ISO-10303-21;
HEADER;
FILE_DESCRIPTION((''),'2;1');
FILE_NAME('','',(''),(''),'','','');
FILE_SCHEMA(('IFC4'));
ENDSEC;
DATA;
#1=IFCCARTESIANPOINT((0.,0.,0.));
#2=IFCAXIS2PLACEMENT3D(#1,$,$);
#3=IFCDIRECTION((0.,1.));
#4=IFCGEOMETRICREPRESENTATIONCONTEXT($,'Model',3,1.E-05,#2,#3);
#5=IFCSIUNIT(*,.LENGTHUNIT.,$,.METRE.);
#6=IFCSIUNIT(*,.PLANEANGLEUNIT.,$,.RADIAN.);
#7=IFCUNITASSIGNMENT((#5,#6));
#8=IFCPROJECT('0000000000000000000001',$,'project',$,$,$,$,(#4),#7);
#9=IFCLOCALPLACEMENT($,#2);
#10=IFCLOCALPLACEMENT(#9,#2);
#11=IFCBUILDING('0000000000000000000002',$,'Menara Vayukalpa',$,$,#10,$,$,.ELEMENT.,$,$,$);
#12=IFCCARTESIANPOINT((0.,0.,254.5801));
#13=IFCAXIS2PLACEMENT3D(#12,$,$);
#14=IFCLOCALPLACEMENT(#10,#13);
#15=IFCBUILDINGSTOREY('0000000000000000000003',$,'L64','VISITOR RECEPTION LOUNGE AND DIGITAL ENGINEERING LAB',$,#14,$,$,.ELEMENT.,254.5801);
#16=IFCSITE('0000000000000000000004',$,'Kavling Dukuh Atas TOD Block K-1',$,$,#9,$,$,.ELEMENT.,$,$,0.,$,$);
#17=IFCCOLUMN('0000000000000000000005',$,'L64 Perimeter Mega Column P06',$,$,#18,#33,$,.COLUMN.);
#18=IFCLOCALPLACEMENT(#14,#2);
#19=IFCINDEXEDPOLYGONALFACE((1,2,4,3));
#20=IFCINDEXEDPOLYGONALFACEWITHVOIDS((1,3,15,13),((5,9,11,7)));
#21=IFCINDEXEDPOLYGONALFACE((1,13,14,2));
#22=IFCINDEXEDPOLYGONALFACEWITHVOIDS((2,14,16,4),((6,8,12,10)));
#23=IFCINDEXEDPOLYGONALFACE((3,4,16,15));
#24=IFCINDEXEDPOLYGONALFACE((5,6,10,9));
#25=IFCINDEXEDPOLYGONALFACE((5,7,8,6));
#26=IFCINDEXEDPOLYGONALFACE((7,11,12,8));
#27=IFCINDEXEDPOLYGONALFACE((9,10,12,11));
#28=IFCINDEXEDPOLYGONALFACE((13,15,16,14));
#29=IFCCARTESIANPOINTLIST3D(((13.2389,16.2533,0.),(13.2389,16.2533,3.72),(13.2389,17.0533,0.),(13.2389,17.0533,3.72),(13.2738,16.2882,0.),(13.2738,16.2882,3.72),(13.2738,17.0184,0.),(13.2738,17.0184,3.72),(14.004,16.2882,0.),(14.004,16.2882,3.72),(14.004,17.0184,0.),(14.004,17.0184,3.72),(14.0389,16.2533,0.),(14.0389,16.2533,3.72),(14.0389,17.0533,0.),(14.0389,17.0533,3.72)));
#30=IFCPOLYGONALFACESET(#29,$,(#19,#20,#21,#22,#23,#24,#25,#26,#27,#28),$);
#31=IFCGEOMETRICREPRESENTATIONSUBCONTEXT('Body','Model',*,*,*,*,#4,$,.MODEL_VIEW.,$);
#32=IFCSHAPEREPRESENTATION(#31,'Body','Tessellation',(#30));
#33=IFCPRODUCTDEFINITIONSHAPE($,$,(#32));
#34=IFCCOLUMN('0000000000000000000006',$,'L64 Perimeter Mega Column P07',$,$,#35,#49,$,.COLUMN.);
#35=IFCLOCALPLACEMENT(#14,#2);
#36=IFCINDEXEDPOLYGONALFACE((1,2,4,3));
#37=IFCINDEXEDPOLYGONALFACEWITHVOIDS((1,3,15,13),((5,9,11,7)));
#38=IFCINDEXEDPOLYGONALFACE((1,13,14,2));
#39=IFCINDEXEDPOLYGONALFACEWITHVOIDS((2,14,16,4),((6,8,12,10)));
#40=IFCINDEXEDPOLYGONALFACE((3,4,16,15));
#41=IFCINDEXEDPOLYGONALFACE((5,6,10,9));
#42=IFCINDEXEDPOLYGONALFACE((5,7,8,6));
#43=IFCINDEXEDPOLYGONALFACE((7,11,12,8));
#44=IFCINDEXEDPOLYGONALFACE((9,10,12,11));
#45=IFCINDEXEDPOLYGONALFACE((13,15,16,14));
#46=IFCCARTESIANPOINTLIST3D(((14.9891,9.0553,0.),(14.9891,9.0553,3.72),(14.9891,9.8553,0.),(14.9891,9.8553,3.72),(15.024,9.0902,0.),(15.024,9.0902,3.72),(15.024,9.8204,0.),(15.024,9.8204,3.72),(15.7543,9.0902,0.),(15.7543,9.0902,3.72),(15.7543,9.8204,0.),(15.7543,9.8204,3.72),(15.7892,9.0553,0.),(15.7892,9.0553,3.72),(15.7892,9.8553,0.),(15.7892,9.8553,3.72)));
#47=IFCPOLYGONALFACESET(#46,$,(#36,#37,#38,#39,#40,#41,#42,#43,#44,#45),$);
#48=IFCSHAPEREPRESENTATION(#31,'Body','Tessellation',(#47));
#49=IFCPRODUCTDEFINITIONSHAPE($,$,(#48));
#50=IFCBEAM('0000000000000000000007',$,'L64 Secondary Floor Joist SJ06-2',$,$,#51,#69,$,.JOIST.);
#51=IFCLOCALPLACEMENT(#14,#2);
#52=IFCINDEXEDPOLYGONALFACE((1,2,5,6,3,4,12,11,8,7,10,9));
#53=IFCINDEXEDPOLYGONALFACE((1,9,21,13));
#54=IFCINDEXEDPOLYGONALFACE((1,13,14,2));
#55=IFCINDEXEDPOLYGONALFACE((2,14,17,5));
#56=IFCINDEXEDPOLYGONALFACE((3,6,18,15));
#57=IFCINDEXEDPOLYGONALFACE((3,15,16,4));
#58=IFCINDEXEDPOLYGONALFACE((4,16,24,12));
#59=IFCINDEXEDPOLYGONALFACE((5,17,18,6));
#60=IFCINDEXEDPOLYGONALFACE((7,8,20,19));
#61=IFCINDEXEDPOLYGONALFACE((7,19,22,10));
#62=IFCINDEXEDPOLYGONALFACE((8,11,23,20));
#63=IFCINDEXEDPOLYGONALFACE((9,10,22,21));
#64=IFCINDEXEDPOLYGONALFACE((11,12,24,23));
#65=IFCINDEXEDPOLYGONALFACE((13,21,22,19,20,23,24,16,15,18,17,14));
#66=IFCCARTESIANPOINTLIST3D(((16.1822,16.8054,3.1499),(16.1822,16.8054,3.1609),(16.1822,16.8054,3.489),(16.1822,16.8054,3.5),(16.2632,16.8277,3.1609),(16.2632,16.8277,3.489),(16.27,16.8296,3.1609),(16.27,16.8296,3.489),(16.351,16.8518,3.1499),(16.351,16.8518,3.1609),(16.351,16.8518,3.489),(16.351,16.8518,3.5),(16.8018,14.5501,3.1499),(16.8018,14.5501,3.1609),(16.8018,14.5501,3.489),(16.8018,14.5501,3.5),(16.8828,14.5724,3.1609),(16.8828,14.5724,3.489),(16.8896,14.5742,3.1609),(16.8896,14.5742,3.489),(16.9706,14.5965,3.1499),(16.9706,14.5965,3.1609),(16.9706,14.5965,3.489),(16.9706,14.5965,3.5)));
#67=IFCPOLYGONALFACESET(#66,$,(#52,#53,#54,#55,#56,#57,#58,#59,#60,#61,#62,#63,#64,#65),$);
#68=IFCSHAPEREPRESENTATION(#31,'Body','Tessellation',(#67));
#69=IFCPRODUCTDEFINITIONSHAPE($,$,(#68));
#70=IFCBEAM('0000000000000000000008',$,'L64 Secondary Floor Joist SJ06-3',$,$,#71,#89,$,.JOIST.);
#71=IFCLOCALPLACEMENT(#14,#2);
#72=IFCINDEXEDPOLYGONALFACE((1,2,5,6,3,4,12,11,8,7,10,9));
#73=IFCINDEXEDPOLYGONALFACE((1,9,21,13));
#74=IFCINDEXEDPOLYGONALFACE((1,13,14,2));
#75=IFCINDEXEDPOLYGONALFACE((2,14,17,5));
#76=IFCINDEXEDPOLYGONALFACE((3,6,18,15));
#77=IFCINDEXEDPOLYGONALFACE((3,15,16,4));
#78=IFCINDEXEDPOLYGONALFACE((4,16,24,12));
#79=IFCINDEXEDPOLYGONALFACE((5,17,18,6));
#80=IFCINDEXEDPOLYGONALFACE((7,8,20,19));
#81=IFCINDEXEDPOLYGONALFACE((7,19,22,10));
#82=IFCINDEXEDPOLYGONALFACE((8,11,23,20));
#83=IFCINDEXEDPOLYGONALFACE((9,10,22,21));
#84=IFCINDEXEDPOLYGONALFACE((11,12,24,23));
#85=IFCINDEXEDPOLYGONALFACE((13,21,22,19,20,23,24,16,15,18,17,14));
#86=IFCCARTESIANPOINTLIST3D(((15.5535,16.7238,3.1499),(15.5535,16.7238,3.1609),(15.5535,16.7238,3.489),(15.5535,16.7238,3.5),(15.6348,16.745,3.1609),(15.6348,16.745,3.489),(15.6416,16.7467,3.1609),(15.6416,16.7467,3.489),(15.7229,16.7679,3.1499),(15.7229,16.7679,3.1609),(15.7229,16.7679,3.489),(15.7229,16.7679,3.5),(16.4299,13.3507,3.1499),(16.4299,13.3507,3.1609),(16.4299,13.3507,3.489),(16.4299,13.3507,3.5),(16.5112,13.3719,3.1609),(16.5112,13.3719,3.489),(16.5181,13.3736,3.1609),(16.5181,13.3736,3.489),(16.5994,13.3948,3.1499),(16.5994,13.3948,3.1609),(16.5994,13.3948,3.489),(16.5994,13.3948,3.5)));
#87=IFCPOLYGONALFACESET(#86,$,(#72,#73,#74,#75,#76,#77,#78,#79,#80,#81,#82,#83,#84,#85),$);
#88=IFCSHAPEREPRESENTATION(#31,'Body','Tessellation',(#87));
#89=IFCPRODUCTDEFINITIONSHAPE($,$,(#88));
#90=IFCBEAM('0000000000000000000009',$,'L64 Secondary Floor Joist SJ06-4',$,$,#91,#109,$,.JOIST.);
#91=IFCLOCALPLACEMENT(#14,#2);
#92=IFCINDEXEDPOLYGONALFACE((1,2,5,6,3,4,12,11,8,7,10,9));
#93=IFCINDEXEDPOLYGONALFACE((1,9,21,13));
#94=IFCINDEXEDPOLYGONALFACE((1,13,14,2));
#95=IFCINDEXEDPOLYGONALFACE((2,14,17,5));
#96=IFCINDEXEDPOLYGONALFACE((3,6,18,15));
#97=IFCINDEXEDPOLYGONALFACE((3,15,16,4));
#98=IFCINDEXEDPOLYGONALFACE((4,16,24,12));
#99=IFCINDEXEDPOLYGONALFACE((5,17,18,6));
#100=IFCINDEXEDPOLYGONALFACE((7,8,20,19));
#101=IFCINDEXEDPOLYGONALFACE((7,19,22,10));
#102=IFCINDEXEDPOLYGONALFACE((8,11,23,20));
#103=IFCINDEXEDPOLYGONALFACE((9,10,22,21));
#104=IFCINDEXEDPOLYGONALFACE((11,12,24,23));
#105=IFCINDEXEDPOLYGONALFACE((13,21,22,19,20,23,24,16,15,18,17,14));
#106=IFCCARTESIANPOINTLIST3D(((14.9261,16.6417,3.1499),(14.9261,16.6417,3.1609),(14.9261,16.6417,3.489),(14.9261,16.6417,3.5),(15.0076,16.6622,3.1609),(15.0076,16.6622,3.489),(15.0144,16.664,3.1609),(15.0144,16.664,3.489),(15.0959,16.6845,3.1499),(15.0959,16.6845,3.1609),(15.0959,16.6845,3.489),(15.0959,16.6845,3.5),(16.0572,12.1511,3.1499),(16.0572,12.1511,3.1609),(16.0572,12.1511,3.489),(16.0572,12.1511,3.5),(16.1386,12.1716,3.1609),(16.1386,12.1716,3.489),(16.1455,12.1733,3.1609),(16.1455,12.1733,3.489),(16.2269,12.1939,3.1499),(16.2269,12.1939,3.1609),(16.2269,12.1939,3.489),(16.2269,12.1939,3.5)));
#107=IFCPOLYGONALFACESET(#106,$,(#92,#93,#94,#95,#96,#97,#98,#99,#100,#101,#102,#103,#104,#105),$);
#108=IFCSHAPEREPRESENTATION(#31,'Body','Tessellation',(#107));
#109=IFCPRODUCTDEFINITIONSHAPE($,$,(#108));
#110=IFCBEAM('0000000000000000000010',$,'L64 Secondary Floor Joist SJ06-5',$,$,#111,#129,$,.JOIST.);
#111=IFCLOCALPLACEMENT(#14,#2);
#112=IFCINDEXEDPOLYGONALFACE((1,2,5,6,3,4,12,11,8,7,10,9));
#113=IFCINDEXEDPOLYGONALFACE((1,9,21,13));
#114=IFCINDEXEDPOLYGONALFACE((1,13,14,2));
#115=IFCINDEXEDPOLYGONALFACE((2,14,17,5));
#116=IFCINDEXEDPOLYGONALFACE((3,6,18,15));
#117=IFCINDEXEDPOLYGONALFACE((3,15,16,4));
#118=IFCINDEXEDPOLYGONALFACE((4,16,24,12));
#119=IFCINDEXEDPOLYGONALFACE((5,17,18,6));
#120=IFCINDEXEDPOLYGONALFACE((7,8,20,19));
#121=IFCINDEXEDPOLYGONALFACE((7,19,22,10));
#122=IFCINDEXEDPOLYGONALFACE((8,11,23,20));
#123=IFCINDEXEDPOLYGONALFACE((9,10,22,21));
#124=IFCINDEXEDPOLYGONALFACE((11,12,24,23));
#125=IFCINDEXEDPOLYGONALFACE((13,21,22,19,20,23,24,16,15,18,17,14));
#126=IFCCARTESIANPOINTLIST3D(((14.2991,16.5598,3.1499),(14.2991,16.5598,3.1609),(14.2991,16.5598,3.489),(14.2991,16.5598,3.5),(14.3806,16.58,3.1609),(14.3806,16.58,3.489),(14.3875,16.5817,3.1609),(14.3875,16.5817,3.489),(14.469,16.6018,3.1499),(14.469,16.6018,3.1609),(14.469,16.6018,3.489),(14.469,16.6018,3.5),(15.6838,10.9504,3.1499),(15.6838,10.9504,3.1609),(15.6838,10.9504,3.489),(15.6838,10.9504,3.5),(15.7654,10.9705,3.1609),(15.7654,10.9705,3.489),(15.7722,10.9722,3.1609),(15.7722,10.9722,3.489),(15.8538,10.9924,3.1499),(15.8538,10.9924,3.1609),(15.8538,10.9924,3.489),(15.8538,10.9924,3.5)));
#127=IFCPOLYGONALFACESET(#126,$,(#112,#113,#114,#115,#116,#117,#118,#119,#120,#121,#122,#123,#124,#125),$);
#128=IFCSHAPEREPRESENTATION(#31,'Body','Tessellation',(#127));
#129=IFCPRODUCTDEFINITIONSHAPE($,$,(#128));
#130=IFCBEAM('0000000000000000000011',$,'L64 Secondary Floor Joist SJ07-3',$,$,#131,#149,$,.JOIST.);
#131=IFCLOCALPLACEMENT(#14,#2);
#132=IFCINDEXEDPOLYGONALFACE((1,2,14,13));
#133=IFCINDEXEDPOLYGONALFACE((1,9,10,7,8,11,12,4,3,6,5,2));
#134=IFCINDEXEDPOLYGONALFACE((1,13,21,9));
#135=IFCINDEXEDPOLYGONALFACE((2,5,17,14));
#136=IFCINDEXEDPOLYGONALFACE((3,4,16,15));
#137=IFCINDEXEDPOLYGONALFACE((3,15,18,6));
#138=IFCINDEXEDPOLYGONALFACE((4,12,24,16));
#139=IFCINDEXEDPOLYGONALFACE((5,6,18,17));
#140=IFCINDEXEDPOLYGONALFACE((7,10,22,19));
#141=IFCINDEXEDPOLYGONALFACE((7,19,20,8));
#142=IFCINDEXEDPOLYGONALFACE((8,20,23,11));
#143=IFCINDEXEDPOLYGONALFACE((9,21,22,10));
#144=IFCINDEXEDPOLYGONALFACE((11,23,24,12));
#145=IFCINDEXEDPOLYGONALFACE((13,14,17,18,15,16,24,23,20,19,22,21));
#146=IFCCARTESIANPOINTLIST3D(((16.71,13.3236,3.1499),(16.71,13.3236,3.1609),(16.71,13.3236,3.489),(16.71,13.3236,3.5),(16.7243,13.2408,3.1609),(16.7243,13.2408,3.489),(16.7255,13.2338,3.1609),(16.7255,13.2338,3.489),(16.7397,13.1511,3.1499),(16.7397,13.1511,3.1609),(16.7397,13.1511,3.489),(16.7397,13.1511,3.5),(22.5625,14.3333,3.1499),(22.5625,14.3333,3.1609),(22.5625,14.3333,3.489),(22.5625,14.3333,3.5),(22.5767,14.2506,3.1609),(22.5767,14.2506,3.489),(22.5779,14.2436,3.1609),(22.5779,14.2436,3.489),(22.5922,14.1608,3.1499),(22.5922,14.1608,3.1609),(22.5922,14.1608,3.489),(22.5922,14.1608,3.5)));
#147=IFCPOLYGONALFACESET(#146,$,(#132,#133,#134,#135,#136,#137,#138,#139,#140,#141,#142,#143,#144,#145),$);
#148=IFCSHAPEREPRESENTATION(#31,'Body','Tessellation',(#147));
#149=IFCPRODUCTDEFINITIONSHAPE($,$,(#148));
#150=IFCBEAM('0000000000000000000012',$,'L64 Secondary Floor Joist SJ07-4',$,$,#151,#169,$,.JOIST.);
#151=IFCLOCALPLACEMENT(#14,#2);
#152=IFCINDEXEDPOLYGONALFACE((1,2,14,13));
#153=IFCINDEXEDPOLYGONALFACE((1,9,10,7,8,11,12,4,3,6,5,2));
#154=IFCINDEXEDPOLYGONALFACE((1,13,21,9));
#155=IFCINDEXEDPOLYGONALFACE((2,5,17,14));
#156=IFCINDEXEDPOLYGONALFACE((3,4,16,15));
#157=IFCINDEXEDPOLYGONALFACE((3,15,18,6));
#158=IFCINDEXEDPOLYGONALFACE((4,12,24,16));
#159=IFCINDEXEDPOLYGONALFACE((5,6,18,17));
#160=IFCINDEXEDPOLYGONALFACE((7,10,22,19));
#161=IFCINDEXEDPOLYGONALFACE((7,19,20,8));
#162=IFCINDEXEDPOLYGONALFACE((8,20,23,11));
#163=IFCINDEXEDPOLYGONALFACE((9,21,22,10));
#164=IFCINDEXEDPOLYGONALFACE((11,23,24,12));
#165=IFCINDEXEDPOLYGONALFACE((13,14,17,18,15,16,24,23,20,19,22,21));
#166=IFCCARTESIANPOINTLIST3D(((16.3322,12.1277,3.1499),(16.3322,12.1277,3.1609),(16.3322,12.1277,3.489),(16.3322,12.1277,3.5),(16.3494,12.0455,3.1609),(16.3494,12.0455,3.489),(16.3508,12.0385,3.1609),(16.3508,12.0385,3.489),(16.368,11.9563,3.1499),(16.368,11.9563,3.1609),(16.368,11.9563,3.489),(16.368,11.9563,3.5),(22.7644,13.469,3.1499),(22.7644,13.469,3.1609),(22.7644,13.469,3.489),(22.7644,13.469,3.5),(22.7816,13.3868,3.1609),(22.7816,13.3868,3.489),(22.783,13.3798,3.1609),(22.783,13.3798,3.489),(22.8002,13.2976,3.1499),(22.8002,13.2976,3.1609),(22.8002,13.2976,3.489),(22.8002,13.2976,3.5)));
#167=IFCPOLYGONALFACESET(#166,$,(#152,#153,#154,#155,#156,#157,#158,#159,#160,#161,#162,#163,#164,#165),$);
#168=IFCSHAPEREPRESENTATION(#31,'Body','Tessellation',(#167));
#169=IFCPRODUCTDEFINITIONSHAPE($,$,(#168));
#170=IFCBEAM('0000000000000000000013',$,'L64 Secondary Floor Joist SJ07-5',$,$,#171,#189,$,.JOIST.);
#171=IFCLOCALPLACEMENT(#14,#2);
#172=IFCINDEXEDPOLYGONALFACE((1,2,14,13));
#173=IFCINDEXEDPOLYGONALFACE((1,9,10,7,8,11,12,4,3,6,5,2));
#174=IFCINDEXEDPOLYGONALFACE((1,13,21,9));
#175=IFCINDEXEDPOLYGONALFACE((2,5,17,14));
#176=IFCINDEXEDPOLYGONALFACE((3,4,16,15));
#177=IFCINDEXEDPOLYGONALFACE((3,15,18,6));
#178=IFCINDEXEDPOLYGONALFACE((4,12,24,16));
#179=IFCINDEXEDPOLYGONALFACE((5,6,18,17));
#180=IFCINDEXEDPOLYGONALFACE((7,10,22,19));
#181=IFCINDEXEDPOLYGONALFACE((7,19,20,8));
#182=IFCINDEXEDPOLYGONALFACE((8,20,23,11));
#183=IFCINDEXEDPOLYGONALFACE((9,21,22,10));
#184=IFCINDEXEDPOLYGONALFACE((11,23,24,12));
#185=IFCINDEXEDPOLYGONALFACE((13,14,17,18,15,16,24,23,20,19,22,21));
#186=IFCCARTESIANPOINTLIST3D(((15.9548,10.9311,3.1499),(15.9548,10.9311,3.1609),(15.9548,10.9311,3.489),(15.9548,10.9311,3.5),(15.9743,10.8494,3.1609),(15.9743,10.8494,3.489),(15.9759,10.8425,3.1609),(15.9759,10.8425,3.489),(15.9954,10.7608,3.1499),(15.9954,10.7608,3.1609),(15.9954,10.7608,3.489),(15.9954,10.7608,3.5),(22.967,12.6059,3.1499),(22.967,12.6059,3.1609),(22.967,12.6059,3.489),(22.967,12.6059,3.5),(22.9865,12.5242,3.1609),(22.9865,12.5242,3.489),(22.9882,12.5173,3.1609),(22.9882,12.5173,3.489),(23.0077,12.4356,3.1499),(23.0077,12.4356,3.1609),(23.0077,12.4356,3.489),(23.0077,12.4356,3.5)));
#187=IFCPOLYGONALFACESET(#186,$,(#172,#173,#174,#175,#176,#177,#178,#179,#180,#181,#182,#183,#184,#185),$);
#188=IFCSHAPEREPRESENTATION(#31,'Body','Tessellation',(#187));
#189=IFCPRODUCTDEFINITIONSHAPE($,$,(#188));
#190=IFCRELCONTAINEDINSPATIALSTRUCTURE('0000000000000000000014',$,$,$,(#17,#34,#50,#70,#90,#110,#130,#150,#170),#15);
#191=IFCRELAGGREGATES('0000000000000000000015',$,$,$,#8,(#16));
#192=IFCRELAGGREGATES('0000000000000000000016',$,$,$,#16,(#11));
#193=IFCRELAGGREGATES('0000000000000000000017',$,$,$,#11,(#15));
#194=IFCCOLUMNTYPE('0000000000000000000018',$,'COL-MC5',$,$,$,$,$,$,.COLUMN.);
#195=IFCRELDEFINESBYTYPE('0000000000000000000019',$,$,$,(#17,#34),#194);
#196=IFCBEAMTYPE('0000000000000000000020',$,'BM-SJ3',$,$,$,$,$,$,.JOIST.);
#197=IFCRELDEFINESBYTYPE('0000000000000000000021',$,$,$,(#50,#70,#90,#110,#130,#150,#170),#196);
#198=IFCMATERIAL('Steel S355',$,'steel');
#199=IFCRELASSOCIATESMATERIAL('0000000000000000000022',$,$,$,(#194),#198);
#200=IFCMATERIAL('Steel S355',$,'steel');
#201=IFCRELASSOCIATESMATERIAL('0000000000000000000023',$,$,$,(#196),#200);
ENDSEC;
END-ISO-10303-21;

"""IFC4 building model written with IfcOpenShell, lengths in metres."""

from ifc_helpers import new_model, si_unit, direction, frame, origin, origin_2d, place, context, subcontext, project, spatial, hollow_rectangle, i_section, extrude, material, material_profile, profile_set, type_object, element, save


model = new_model("IFC4")

# Units and contexts
model_context = context("Model", 3, precision=1e-05, world=origin(), true_north=direction((0.0, 1.0)))
body_context = subcontext(model_context, "Body", "Model", "MODEL_VIEW")
ifc_project = project(units=[si_unit("LENGTHUNIT", "METRE"), si_unit("PLANEANGLEUNIT", "RADIAN")], contexts=[model_context])

# Site, building, storey
site_placement = place(None, origin())
site = spatial("IfcSite", under=ifc_project, at=site_placement, Name="Kavling Dukuh Atas TOD Block K-1", CompositionType="ELEMENT", RefElevation=0.0)
building_placement = place(site_placement, origin())
building = spatial("IfcBuilding", under=site, at=building_placement, Name="Menara Vayukalpa", CompositionType="ELEMENT")
storey_placement = place(building_placement, frame((0.0, 0.0, 254.5801)))
storey = spatial("IfcBuildingStorey", under=building, at=storey_placement, Name="L64", Description="VISITOR RECEPTION LOUNGE AND DIGITAL ENGINEERING LAB", CompositionType="ELEMENT", Elevation=254.5801)

# Columns
ifc_material_1 = material(Name="Steel S355", Category="steel")
ifc_material_profile_1 = material_profile(ifc_material_1, hollow_rectangle(XDim=0.8, YDim=0.8, WallThickness=0.0349, at=origin_2d()), Name="BOX 800x800x35")
ifc_profile_set_1 = profile_set([ifc_material_profile_1], Name="Steel S355")
column_type = type_object("IfcColumnType", Name="COL-MC5", PredefinedType="COLUMN", material=ifc_profile_set_1)
for number, where, z_axis, x_axis, name in (
    (1, (13.6389, 16.6533, 0.0), (0.0, 0.0, 1.0), (1.0, 0.0, 0.0), "L64 Perimeter Mega Column P06"),
    (2, (15.3892, 9.4553, 0.0), (0.0, 0.0, 1.0), (1.0, 0.0, 0.0), "L64 Perimeter Mega Column P07"),
):
    element("IfcColumn", number, at=place(storey_placement, frame(where, z_axis=z_axis, x_axis=x_axis)), inside=storey, type_object=column_type, Name=name, PredefinedType="COLUMN", context=body_context, shape_type="SweptSolid", body=[
        extrude(hollow_rectangle(XDim=0.8, YDim=0.8, WallThickness=0.0349, at=origin_2d()), origin(), (0.0, 0.0, 1.0), 3.72),
    ])

# Beams
ifc_material_2 = material(Name="Steel S355", Category="steel")
ifc_material_profile_2 = material_profile(ifc_material_2, i_section(OverallWidth=0.175, OverallDepth=0.3501, WebThickness=0.0071, FlangeThickness=0.011, at=origin_2d()), Name="WF 350x175x7x11")
ifc_profile_set_2 = profile_set([ifc_material_profile_2], Name="Steel S355")
beam_type_1 = type_object("IfcBeamType", Name="BM-SJ3", PredefinedType="JOIST", material=ifc_profile_set_2)
beam_1_placement = place(storey_placement, frame((16.2666, 16.8286, 3.325), z_axis=(0.264919, -0.964271, 0.0), x_axis=(0.964271, 0.264919, 0.0)))
element("IfcBeam", 3, at=beam_1_placement, inside=storey, type_object=beam_type_1, Name="L64 Secondary Floor Joist SJ06-2", PredefinedType="JOIST", context=body_context, shape_type="SweptSolid", body=[
    extrude(i_section(OverallWidth=0.175, OverallDepth=0.3501, WebThickness=0.0071, FlangeThickness=0.011, at=origin_2d()), origin(), (0.0, 0.0, 1.0), 2.3389),
])
beam_2_placement = place(storey_placement, frame((15.6382, 16.7458, 3.325), z_axis=(0.251492, -0.967859, 0.0), x_axis=(0.967859, 0.251492, 0.0)))
element("IfcBeam", 4, at=beam_2_placement, inside=storey, type_object=beam_type_1, Name="L64 Secondary Floor Joist SJ06-3", PredefinedType="JOIST", context=body_context, shape_type="SweptSolid", body=[
    extrude(i_section(OverallWidth=0.175, OverallDepth=0.3501, WebThickness=0.0071, FlangeThickness=0.011, at=origin_2d()), origin(), (0.0, 0.0, 1.0), 3.4851),
])
beam_3_placement = place(storey_placement, frame((15.011, 16.6631, 3.325), z_axis=(0.244247, -0.969713, 0.0), x_axis=(0.969713, 0.244247, 0.0)))
element("IfcBeam", 5, at=beam_3_placement, inside=storey, type_object=beam_type_1, Name="L64 Secondary Floor Joist SJ06-4", PredefinedType="JOIST", context=body_context, shape_type="SweptSolid", body=[
    extrude(i_section(OverallWidth=0.175, OverallDepth=0.3501, WebThickness=0.0071, FlangeThickness=0.011, at=origin_2d()), origin(), (0.0, 0.0, 1.0), 4.6309),
])
beam_4_placement = place(storey_placement, frame((14.384, 16.5808, 3.325), z_axis=(0.239671, -0.970854, 0.0), x_axis=(0.970854, 0.239671, 0.0)))
element("IfcBeam", 6, at=beam_4_placement, inside=storey, type_object=beam_type_1, Name="L64 Secondary Floor Joist SJ06-5", PredefinedType="JOIST", context=body_context, shape_type="SweptSolid", body=[
    extrude(i_section(OverallWidth=0.175, OverallDepth=0.3501, WebThickness=0.0071, FlangeThickness=0.011, at=origin_2d()), origin(), (0.0, 0.0, 1.0), 5.7778),
])
beam_5_placement = place(storey_placement, frame((16.7249, 13.2373, 3.325), z_axis=(0.98544, 0.170023, 0.0), x_axis=(-0.170023, 0.98544, 0.0)))
element("IfcBeam", 7, at=beam_5_placement, inside=storey, type_object=beam_type_1, Name="L64 Secondary Floor Joist SJ07-3", PredefinedType="JOIST", context=body_context, shape_type="SweptSolid", body=[
    extrude(i_section(OverallWidth=0.175, OverallDepth=0.3501, WebThickness=0.0071, FlangeThickness=0.011, at=origin_2d()), origin(), (0.0, 0.0, 1.0), 5.939),
])
beam_6_placement = place(storey_placement, frame((16.3501, 12.042, 3.325), z_axis=(0.978941, 0.204141, 0.0), x_axis=(-0.204141, 0.978941, 0.0)))
element("IfcBeam", 8, at=beam_6_placement, inside=storey, type_object=beam_type_1, Name="L64 Secondary Floor Joist SJ07-4", PredefinedType="JOIST", context=body_context, shape_type="SweptSolid", body=[
    extrude(i_section(OverallWidth=0.175, OverallDepth=0.3501, WebThickness=0.0071, FlangeThickness=0.011, at=origin_2d()), origin(), (0.0, 0.0, 1.0), 6.5706),
])
beam_7_placement = place(storey_placement, frame((15.9751, 10.8459, 3.325), z_axis=(0.972642, 0.232307, 0.0), x_axis=(-0.232307, 0.972642, 0.0)))
element("IfcBeam", 9, at=beam_7_placement, inside=storey, type_object=beam_type_1, Name="L64 Secondary Floor Joist SJ07-5", PredefinedType="JOIST", context=body_context, shape_type="SweptSolid", body=[
    extrude(i_section(OverallWidth=0.175, OverallDepth=0.3501, WebThickness=0.0071, FlangeThickness=0.011, at=origin_2d()), origin(), (0.0, 0.0, 1.0), 7.2095),
])

save(model, "model.ifc")
